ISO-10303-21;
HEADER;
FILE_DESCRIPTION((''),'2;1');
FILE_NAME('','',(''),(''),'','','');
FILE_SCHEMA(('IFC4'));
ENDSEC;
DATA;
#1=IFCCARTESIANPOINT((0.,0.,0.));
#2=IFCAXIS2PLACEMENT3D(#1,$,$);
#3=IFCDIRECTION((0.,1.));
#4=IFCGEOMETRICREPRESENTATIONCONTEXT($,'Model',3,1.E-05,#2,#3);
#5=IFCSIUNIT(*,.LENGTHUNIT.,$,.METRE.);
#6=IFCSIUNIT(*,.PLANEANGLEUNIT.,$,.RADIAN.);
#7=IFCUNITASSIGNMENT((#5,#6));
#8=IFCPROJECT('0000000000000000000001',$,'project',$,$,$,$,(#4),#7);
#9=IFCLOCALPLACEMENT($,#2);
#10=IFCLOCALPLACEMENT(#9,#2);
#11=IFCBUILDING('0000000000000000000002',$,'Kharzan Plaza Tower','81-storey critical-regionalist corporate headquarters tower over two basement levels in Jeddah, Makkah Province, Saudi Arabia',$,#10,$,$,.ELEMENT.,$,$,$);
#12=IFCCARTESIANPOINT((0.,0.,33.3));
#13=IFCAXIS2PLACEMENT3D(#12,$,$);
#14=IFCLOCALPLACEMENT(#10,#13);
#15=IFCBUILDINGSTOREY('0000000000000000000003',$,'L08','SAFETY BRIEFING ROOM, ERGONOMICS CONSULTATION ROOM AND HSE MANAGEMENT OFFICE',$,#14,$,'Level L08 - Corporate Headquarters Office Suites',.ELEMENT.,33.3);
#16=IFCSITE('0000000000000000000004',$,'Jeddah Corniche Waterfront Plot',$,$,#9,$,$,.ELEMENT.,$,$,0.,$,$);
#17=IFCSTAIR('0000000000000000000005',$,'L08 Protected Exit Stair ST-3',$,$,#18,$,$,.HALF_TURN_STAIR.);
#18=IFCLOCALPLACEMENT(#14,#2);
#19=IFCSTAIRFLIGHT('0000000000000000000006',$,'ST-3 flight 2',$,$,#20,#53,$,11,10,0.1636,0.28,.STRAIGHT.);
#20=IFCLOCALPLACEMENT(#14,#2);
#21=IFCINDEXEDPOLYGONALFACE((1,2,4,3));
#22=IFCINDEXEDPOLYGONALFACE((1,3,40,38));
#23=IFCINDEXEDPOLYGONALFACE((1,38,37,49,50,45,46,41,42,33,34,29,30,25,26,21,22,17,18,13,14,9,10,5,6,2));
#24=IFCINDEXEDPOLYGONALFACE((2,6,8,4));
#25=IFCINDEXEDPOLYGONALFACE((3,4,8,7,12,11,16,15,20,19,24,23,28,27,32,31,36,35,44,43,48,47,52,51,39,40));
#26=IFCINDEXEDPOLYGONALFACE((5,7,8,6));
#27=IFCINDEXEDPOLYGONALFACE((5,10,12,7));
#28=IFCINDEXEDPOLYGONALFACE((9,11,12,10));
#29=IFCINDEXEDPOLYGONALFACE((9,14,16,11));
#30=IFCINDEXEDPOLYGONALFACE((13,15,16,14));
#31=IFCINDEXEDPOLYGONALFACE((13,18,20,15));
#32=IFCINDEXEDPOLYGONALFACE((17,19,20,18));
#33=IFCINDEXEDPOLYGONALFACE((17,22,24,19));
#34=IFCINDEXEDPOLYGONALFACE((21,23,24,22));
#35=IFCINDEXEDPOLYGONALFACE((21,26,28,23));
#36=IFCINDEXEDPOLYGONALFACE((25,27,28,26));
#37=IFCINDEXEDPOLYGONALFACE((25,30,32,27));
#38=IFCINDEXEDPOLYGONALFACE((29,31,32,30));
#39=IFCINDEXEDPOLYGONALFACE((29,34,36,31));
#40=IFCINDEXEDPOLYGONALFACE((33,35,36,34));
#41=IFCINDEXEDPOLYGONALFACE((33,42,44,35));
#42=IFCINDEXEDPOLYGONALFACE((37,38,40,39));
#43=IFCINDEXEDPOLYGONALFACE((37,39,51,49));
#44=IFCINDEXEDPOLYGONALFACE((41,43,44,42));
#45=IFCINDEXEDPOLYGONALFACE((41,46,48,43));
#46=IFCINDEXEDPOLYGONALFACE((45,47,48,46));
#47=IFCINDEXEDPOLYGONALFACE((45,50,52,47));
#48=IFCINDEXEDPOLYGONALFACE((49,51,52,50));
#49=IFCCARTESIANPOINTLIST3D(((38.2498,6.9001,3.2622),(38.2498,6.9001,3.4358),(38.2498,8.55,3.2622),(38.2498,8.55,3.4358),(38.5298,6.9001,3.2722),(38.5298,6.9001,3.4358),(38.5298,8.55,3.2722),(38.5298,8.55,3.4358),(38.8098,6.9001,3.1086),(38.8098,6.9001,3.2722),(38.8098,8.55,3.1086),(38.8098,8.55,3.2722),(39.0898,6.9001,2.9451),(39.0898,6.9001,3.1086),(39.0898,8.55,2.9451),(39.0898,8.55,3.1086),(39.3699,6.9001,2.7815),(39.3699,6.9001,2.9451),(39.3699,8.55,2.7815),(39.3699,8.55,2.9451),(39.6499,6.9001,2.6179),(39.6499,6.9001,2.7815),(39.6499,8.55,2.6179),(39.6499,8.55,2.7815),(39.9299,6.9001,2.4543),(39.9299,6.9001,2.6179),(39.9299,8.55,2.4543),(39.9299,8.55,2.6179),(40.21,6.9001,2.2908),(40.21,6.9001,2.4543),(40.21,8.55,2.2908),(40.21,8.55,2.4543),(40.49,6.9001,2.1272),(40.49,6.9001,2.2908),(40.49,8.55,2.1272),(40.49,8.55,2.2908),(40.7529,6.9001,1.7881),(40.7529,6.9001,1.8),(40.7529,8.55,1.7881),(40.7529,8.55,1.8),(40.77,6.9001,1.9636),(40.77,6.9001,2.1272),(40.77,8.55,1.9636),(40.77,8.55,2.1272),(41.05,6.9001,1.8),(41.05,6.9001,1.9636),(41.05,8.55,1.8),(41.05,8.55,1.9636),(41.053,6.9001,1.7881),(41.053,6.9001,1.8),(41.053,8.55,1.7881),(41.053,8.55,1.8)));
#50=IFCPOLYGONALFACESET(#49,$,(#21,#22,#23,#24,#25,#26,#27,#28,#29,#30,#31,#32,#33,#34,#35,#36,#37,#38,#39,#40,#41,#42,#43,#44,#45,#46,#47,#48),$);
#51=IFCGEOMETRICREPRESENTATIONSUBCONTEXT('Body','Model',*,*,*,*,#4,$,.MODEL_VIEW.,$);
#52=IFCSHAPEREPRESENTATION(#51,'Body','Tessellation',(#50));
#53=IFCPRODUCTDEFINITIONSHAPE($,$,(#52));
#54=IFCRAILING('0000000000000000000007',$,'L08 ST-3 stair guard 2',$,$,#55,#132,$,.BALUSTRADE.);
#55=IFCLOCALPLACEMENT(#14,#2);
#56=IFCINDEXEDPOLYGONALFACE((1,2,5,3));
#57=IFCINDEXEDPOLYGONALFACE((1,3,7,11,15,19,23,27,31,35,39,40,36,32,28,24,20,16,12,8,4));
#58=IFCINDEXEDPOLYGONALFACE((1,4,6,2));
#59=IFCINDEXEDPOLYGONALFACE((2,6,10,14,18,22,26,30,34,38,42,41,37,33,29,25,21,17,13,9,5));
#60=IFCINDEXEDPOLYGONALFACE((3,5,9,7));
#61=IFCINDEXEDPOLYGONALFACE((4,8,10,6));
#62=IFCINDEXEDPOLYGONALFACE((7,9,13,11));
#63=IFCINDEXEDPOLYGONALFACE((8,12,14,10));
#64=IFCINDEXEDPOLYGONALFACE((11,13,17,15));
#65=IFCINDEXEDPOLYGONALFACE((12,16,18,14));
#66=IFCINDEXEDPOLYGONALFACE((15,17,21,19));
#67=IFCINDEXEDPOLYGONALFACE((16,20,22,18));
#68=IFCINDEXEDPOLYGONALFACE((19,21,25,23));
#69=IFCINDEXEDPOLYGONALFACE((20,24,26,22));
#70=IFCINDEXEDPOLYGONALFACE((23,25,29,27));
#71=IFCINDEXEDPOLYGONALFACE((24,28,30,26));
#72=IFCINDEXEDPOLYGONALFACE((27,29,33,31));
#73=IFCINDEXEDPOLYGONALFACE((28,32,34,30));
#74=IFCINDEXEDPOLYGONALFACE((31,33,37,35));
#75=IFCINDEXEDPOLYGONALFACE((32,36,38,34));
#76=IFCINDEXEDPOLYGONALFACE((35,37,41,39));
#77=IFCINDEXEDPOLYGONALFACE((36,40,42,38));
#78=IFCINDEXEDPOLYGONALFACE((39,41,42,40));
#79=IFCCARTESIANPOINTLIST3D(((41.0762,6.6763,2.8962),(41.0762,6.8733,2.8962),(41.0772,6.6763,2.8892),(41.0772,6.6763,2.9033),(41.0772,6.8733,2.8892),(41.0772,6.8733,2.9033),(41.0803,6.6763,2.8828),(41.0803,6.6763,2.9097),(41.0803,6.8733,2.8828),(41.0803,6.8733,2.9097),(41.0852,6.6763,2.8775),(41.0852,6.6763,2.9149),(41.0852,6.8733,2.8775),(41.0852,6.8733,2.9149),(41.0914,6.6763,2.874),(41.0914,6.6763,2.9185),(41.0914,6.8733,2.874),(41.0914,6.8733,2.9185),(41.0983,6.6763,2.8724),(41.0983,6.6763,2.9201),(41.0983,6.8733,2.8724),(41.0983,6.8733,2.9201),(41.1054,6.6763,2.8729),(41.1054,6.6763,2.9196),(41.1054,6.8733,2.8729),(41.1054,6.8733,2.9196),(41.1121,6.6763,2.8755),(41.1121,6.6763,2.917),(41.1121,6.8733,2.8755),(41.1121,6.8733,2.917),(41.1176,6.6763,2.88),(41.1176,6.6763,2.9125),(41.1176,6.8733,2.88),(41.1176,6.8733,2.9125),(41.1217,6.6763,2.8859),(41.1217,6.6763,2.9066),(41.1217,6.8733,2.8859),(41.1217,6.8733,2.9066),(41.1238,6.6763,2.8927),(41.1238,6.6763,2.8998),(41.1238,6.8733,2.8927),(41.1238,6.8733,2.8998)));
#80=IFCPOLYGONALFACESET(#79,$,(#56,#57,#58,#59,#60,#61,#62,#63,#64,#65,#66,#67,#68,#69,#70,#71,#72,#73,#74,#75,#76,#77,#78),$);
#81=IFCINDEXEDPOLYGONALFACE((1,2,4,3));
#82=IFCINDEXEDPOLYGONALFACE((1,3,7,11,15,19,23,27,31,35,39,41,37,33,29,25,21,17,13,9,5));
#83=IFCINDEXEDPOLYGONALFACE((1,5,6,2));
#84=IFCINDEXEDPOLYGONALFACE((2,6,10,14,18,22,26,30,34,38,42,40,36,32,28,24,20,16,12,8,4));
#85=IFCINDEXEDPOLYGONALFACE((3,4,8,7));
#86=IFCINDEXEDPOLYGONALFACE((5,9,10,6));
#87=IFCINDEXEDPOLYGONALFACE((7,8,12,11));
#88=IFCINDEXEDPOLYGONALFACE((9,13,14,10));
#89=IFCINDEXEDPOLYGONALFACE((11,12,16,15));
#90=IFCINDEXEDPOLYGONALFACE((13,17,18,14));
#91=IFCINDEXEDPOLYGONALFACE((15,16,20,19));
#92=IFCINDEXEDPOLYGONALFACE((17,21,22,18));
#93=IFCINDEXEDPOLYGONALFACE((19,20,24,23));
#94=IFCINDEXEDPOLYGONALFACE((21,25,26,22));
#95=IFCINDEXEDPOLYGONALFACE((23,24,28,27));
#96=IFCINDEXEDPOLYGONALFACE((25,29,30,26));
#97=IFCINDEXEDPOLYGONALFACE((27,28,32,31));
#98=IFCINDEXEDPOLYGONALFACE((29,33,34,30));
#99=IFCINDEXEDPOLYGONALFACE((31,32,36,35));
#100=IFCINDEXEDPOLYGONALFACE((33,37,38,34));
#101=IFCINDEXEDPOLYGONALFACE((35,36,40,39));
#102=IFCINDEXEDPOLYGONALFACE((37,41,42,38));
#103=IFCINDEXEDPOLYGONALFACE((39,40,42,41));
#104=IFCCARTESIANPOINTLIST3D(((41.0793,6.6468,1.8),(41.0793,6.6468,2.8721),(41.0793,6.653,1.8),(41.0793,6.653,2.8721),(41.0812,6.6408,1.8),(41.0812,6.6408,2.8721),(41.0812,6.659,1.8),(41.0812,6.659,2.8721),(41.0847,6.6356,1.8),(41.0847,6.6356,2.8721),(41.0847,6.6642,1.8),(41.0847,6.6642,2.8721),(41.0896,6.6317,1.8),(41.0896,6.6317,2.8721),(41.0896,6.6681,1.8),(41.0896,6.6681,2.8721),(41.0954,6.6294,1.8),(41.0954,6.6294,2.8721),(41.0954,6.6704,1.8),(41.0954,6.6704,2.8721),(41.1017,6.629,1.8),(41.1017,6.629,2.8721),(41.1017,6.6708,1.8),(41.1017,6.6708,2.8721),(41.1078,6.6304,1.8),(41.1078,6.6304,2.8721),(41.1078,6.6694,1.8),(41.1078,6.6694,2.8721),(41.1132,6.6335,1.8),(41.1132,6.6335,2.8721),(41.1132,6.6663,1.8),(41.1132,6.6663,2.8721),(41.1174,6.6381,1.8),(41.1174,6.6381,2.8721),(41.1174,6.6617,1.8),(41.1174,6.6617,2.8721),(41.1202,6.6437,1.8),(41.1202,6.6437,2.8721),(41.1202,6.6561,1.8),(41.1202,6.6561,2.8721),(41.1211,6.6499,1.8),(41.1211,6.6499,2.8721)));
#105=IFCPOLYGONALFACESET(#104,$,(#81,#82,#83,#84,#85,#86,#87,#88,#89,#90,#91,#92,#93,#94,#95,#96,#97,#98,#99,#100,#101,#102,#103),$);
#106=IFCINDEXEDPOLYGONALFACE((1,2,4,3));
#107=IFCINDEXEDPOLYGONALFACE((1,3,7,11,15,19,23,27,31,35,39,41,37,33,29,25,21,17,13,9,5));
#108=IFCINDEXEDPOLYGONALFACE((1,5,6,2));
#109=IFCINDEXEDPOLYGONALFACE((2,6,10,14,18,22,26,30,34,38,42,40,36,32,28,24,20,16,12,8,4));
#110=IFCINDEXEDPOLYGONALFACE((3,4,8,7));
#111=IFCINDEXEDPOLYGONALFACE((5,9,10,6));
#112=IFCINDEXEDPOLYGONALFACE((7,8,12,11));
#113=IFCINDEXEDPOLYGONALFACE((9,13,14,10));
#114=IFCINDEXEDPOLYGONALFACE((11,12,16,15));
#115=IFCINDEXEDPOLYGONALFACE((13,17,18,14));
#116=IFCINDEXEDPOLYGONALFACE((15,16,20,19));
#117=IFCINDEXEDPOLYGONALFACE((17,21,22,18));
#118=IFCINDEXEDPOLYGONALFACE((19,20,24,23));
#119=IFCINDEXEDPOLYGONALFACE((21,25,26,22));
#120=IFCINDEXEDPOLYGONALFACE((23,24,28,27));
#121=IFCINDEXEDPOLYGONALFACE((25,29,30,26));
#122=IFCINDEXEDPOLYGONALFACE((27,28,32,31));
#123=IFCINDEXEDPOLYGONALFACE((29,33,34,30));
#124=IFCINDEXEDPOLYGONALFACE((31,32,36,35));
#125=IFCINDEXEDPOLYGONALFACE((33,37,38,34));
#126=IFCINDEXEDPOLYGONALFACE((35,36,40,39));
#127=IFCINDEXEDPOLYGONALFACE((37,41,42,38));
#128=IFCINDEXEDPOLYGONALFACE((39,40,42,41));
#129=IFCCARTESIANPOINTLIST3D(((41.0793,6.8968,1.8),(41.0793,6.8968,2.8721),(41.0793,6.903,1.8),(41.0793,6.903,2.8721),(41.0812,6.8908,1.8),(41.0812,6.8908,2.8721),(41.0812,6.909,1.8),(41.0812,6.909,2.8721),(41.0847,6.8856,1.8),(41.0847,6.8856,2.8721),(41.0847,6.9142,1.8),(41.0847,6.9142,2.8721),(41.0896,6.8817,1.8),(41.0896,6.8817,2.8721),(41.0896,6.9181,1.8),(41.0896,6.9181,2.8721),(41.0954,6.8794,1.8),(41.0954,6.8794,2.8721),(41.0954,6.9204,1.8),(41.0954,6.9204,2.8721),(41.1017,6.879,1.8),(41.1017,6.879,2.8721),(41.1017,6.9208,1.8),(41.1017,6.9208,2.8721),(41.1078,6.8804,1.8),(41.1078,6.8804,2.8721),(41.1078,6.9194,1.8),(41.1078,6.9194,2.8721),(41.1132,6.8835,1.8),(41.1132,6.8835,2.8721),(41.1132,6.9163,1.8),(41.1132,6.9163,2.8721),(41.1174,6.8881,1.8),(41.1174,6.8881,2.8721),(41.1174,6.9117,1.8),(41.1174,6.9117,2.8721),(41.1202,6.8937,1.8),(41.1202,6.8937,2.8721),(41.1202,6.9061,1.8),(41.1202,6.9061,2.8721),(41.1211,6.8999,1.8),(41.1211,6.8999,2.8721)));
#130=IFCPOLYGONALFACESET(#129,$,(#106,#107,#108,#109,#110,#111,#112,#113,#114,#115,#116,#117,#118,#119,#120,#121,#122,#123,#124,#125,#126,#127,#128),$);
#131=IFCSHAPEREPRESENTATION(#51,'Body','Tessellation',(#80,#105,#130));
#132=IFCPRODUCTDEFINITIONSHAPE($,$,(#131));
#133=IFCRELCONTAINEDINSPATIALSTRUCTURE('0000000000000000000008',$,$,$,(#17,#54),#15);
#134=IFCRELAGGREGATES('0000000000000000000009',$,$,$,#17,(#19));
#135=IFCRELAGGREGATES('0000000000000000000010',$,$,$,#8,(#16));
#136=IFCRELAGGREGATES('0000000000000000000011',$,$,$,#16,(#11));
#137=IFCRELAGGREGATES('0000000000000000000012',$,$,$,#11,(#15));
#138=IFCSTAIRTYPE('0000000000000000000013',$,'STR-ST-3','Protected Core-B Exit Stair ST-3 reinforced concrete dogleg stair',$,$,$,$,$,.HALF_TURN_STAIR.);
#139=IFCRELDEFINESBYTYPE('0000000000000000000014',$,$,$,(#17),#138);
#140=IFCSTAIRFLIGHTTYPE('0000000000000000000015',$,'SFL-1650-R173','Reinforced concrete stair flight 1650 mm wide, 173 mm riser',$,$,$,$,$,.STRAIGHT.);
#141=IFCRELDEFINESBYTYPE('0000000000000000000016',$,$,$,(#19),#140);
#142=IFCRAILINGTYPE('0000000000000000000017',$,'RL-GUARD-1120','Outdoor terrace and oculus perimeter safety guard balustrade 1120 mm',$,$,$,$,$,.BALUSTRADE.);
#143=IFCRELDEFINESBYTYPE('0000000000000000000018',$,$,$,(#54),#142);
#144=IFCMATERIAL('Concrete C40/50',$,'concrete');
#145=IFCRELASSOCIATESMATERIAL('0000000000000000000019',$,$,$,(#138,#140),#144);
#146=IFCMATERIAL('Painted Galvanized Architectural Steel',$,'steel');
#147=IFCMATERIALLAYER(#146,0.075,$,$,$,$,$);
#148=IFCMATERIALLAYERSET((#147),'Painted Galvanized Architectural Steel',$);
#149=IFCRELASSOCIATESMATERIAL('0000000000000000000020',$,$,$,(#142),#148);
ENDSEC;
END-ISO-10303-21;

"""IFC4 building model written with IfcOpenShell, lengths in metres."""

from ifc_helpers import new_model, si_unit, direction, frame, origin, origin_2d, place, context, subcontext, project, spatial, polyline, circle, outline, extrude, source, transform, mapped, material, layer, layer_set, type_object, element, aggregate, save


model = new_model("IFC4")

# Units and contexts
model_context = context("Model", 3, precision=1e-05, world=origin(), true_north=direction((0.0, 1.0)))
body_context = subcontext(model_context, "Body", "Model", "MODEL_VIEW")
ifc_project = project(units=[si_unit("LENGTHUNIT", "METRE"), si_unit("PLANEANGLEUNIT", "RADIAN")], contexts=[model_context])

# Site, building, storey
site_placement = place(None, origin())
site = spatial("IfcSite", under=ifc_project, at=site_placement, Name="Jeddah Corniche Waterfront Plot", CompositionType="ELEMENT", RefElevation=0.0)
building_placement = place(site_placement, origin())
building = spatial("IfcBuilding", under=site, at=building_placement, Name="Kharzan Plaza Tower", Description="81-storey critical-regionalist corporate headquarters tower over two basement levels in Jeddah, Makkah Province, Saudi Arabia", CompositionType="ELEMENT")
storey_placement = place(building_placement, frame((0.0, 0.0, 33.3)))
storey = spatial("IfcBuildingStorey", under=building, at=storey_placement, Name="L08", Description="SAFETY BRIEFING ROOM, ERGONOMICS CONSULTATION ROOM AND HSE MANAGEMENT OFFICE", LongName="Level L08 - Corporate Headquarters Office Suites", CompositionType="ELEMENT", Elevation=33.3)

# Shared definitions
ifc_material_1 = material(Name="Concrete C40/50", Category="concrete")

# Stair, stair flight
stair_type = type_object("IfcStairType", Name="STR-ST-3", Description="Protected Core-B Exit Stair ST-3 reinforced concrete dogleg stair", PredefinedType="HALF_TURN_STAIR", material=ifc_material_1)
stair_placement = place(storey_placement, origin())
stair = element("IfcStair", 1, at=stair_placement, inside=storey, type_object=stair_type, Name="L08 Protected Exit Stair ST-3", PredefinedType="HALF_TURN_STAIR")
stair_flight_type = type_object("IfcStairFlightType", Name="SFL-1650-R173", Description="Reinforced concrete stair flight 1650 mm wide, 173 mm riser", PredefinedType="STRAIGHT", material=ifc_material_1)
shared_shape_1 = source(origin(), body_context, "Body", "SweptSolid", [
    extrude(outline(polyline([(-0.0029, -0.012), (-0.0029, 0.0), (0.0, 0.0), (0.0, 0.1636), (0.28, 0.1636), (0.28, 0.3271), (0.5601, 0.3271), (0.5601, 0.4907), (0.8401, 0.4907), (0.8401, 0.6543), (1.1201, 0.6543), (1.1201, 0.8179), (1.4001, 0.8179), (1.4001, 0.9814), (1.6802, 0.9814), (1.6802, 1.145), (1.9602, 1.145), (1.9602, 1.3086), (2.2402, 1.3086), (2.2402, 1.4722), (2.5203, 1.4722), (2.5203, 1.6357), (2.8003, 1.6357), (2.8003, 1.7993), (2.8003, 1.4622), (0.2971, 0.0), (0.2971, -0.012), (-0.0029, -0.012)])), frame((0.0, 0.825, 0.0), z_axis=(0.0, -1.0, 0.0), x_axis=(1.0, 0.0, 0.0)), (0.0, 0.0, 1.0), 1.6499),
])
stair_flight_1_placement = place(storey_placement, frame((41.05, 7.7251, 1.8), z_axis=(0.0, 0.0, 1.0), x_axis=(-1.0, 0.0, 0.0)))
stair_flight_1 = element("IfcStairFlight", 2, at=stair_flight_1_placement, type_object=stair_flight_type, Name="ST-3 flight 2", NumberOfRisers=11, NumberOfTreads=10, PredefinedType="STRAIGHT", RiserHeight=0.1636, TreadLength=0.28, context=body_context, shape_type="MappedRepresentation", body=[
    mapped(shared_shape_1, transform((0.0, 0.0, 0.0), x_axis=(1.0, 0.0, 0.0), y_axis=(0.0, 1.0, 0.0), z_axis=(0.0, 0.0, 1.0))),
])
aggregate(stair, [stair_flight_1])

# Railing
ifc_material_2 = material(Name="Painted Galvanized Architectural Steel", Category="steel")
ifc_layer_1 = layer(ifc_material_2, 0.075)
ifc_layer_set_1 = layer_set([ifc_layer_1], Name="Painted Galvanized Architectural Steel")
railing_type_1 = type_object("IfcRailingType", Name="RL-GUARD-1120", Description="Outdoor terrace and oculus perimeter safety guard balustrade 1120 mm", PredefinedType="BALUSTRADE", material=ifc_layer_set_1)
shared_shape_2 = source(origin(), body_context, "Body", "SweptSolid", [
    extrude(circle(Radius=0.0239, at=origin_2d()), frame((0.0, 0.0264, 1.0962), z_axis=(0.0, 1.0, 0.0), x_axis=(-1.0, 0.0, 0.0)), (0.0, 0.0, 1.0), 0.197),
    extrude(circle(Radius=0.021, at=origin_2d()), origin(), (0.0, 0.0, 1.0), 1.072),
    extrude(circle(Radius=0.021, at=origin_2d()), frame((0.0, 0.25, 0.0)), (0.0, 0.0, 1.0), 1.072),
])
for number, where, name in (
    (3, (41.1001, 6.6499, 1.8), "L08 ST-3 stair guard 2"),
):
    element("IfcRailing", number, at=place(storey_placement, frame(where)), inside=storey, type_object=railing_type_1, Name=name, PredefinedType="BALUSTRADE", context=body_context, shape_type="MappedRepresentation", body=[
        mapped(shared_shape_2, transform((0.0, 0.0, 0.0), x_axis=(1.0, 0.0, 0.0), y_axis=(0.0, 1.0, 0.0), z_axis=(0.0, 0.0, 1.0))),
    ])

save(model, "model.ifc")
